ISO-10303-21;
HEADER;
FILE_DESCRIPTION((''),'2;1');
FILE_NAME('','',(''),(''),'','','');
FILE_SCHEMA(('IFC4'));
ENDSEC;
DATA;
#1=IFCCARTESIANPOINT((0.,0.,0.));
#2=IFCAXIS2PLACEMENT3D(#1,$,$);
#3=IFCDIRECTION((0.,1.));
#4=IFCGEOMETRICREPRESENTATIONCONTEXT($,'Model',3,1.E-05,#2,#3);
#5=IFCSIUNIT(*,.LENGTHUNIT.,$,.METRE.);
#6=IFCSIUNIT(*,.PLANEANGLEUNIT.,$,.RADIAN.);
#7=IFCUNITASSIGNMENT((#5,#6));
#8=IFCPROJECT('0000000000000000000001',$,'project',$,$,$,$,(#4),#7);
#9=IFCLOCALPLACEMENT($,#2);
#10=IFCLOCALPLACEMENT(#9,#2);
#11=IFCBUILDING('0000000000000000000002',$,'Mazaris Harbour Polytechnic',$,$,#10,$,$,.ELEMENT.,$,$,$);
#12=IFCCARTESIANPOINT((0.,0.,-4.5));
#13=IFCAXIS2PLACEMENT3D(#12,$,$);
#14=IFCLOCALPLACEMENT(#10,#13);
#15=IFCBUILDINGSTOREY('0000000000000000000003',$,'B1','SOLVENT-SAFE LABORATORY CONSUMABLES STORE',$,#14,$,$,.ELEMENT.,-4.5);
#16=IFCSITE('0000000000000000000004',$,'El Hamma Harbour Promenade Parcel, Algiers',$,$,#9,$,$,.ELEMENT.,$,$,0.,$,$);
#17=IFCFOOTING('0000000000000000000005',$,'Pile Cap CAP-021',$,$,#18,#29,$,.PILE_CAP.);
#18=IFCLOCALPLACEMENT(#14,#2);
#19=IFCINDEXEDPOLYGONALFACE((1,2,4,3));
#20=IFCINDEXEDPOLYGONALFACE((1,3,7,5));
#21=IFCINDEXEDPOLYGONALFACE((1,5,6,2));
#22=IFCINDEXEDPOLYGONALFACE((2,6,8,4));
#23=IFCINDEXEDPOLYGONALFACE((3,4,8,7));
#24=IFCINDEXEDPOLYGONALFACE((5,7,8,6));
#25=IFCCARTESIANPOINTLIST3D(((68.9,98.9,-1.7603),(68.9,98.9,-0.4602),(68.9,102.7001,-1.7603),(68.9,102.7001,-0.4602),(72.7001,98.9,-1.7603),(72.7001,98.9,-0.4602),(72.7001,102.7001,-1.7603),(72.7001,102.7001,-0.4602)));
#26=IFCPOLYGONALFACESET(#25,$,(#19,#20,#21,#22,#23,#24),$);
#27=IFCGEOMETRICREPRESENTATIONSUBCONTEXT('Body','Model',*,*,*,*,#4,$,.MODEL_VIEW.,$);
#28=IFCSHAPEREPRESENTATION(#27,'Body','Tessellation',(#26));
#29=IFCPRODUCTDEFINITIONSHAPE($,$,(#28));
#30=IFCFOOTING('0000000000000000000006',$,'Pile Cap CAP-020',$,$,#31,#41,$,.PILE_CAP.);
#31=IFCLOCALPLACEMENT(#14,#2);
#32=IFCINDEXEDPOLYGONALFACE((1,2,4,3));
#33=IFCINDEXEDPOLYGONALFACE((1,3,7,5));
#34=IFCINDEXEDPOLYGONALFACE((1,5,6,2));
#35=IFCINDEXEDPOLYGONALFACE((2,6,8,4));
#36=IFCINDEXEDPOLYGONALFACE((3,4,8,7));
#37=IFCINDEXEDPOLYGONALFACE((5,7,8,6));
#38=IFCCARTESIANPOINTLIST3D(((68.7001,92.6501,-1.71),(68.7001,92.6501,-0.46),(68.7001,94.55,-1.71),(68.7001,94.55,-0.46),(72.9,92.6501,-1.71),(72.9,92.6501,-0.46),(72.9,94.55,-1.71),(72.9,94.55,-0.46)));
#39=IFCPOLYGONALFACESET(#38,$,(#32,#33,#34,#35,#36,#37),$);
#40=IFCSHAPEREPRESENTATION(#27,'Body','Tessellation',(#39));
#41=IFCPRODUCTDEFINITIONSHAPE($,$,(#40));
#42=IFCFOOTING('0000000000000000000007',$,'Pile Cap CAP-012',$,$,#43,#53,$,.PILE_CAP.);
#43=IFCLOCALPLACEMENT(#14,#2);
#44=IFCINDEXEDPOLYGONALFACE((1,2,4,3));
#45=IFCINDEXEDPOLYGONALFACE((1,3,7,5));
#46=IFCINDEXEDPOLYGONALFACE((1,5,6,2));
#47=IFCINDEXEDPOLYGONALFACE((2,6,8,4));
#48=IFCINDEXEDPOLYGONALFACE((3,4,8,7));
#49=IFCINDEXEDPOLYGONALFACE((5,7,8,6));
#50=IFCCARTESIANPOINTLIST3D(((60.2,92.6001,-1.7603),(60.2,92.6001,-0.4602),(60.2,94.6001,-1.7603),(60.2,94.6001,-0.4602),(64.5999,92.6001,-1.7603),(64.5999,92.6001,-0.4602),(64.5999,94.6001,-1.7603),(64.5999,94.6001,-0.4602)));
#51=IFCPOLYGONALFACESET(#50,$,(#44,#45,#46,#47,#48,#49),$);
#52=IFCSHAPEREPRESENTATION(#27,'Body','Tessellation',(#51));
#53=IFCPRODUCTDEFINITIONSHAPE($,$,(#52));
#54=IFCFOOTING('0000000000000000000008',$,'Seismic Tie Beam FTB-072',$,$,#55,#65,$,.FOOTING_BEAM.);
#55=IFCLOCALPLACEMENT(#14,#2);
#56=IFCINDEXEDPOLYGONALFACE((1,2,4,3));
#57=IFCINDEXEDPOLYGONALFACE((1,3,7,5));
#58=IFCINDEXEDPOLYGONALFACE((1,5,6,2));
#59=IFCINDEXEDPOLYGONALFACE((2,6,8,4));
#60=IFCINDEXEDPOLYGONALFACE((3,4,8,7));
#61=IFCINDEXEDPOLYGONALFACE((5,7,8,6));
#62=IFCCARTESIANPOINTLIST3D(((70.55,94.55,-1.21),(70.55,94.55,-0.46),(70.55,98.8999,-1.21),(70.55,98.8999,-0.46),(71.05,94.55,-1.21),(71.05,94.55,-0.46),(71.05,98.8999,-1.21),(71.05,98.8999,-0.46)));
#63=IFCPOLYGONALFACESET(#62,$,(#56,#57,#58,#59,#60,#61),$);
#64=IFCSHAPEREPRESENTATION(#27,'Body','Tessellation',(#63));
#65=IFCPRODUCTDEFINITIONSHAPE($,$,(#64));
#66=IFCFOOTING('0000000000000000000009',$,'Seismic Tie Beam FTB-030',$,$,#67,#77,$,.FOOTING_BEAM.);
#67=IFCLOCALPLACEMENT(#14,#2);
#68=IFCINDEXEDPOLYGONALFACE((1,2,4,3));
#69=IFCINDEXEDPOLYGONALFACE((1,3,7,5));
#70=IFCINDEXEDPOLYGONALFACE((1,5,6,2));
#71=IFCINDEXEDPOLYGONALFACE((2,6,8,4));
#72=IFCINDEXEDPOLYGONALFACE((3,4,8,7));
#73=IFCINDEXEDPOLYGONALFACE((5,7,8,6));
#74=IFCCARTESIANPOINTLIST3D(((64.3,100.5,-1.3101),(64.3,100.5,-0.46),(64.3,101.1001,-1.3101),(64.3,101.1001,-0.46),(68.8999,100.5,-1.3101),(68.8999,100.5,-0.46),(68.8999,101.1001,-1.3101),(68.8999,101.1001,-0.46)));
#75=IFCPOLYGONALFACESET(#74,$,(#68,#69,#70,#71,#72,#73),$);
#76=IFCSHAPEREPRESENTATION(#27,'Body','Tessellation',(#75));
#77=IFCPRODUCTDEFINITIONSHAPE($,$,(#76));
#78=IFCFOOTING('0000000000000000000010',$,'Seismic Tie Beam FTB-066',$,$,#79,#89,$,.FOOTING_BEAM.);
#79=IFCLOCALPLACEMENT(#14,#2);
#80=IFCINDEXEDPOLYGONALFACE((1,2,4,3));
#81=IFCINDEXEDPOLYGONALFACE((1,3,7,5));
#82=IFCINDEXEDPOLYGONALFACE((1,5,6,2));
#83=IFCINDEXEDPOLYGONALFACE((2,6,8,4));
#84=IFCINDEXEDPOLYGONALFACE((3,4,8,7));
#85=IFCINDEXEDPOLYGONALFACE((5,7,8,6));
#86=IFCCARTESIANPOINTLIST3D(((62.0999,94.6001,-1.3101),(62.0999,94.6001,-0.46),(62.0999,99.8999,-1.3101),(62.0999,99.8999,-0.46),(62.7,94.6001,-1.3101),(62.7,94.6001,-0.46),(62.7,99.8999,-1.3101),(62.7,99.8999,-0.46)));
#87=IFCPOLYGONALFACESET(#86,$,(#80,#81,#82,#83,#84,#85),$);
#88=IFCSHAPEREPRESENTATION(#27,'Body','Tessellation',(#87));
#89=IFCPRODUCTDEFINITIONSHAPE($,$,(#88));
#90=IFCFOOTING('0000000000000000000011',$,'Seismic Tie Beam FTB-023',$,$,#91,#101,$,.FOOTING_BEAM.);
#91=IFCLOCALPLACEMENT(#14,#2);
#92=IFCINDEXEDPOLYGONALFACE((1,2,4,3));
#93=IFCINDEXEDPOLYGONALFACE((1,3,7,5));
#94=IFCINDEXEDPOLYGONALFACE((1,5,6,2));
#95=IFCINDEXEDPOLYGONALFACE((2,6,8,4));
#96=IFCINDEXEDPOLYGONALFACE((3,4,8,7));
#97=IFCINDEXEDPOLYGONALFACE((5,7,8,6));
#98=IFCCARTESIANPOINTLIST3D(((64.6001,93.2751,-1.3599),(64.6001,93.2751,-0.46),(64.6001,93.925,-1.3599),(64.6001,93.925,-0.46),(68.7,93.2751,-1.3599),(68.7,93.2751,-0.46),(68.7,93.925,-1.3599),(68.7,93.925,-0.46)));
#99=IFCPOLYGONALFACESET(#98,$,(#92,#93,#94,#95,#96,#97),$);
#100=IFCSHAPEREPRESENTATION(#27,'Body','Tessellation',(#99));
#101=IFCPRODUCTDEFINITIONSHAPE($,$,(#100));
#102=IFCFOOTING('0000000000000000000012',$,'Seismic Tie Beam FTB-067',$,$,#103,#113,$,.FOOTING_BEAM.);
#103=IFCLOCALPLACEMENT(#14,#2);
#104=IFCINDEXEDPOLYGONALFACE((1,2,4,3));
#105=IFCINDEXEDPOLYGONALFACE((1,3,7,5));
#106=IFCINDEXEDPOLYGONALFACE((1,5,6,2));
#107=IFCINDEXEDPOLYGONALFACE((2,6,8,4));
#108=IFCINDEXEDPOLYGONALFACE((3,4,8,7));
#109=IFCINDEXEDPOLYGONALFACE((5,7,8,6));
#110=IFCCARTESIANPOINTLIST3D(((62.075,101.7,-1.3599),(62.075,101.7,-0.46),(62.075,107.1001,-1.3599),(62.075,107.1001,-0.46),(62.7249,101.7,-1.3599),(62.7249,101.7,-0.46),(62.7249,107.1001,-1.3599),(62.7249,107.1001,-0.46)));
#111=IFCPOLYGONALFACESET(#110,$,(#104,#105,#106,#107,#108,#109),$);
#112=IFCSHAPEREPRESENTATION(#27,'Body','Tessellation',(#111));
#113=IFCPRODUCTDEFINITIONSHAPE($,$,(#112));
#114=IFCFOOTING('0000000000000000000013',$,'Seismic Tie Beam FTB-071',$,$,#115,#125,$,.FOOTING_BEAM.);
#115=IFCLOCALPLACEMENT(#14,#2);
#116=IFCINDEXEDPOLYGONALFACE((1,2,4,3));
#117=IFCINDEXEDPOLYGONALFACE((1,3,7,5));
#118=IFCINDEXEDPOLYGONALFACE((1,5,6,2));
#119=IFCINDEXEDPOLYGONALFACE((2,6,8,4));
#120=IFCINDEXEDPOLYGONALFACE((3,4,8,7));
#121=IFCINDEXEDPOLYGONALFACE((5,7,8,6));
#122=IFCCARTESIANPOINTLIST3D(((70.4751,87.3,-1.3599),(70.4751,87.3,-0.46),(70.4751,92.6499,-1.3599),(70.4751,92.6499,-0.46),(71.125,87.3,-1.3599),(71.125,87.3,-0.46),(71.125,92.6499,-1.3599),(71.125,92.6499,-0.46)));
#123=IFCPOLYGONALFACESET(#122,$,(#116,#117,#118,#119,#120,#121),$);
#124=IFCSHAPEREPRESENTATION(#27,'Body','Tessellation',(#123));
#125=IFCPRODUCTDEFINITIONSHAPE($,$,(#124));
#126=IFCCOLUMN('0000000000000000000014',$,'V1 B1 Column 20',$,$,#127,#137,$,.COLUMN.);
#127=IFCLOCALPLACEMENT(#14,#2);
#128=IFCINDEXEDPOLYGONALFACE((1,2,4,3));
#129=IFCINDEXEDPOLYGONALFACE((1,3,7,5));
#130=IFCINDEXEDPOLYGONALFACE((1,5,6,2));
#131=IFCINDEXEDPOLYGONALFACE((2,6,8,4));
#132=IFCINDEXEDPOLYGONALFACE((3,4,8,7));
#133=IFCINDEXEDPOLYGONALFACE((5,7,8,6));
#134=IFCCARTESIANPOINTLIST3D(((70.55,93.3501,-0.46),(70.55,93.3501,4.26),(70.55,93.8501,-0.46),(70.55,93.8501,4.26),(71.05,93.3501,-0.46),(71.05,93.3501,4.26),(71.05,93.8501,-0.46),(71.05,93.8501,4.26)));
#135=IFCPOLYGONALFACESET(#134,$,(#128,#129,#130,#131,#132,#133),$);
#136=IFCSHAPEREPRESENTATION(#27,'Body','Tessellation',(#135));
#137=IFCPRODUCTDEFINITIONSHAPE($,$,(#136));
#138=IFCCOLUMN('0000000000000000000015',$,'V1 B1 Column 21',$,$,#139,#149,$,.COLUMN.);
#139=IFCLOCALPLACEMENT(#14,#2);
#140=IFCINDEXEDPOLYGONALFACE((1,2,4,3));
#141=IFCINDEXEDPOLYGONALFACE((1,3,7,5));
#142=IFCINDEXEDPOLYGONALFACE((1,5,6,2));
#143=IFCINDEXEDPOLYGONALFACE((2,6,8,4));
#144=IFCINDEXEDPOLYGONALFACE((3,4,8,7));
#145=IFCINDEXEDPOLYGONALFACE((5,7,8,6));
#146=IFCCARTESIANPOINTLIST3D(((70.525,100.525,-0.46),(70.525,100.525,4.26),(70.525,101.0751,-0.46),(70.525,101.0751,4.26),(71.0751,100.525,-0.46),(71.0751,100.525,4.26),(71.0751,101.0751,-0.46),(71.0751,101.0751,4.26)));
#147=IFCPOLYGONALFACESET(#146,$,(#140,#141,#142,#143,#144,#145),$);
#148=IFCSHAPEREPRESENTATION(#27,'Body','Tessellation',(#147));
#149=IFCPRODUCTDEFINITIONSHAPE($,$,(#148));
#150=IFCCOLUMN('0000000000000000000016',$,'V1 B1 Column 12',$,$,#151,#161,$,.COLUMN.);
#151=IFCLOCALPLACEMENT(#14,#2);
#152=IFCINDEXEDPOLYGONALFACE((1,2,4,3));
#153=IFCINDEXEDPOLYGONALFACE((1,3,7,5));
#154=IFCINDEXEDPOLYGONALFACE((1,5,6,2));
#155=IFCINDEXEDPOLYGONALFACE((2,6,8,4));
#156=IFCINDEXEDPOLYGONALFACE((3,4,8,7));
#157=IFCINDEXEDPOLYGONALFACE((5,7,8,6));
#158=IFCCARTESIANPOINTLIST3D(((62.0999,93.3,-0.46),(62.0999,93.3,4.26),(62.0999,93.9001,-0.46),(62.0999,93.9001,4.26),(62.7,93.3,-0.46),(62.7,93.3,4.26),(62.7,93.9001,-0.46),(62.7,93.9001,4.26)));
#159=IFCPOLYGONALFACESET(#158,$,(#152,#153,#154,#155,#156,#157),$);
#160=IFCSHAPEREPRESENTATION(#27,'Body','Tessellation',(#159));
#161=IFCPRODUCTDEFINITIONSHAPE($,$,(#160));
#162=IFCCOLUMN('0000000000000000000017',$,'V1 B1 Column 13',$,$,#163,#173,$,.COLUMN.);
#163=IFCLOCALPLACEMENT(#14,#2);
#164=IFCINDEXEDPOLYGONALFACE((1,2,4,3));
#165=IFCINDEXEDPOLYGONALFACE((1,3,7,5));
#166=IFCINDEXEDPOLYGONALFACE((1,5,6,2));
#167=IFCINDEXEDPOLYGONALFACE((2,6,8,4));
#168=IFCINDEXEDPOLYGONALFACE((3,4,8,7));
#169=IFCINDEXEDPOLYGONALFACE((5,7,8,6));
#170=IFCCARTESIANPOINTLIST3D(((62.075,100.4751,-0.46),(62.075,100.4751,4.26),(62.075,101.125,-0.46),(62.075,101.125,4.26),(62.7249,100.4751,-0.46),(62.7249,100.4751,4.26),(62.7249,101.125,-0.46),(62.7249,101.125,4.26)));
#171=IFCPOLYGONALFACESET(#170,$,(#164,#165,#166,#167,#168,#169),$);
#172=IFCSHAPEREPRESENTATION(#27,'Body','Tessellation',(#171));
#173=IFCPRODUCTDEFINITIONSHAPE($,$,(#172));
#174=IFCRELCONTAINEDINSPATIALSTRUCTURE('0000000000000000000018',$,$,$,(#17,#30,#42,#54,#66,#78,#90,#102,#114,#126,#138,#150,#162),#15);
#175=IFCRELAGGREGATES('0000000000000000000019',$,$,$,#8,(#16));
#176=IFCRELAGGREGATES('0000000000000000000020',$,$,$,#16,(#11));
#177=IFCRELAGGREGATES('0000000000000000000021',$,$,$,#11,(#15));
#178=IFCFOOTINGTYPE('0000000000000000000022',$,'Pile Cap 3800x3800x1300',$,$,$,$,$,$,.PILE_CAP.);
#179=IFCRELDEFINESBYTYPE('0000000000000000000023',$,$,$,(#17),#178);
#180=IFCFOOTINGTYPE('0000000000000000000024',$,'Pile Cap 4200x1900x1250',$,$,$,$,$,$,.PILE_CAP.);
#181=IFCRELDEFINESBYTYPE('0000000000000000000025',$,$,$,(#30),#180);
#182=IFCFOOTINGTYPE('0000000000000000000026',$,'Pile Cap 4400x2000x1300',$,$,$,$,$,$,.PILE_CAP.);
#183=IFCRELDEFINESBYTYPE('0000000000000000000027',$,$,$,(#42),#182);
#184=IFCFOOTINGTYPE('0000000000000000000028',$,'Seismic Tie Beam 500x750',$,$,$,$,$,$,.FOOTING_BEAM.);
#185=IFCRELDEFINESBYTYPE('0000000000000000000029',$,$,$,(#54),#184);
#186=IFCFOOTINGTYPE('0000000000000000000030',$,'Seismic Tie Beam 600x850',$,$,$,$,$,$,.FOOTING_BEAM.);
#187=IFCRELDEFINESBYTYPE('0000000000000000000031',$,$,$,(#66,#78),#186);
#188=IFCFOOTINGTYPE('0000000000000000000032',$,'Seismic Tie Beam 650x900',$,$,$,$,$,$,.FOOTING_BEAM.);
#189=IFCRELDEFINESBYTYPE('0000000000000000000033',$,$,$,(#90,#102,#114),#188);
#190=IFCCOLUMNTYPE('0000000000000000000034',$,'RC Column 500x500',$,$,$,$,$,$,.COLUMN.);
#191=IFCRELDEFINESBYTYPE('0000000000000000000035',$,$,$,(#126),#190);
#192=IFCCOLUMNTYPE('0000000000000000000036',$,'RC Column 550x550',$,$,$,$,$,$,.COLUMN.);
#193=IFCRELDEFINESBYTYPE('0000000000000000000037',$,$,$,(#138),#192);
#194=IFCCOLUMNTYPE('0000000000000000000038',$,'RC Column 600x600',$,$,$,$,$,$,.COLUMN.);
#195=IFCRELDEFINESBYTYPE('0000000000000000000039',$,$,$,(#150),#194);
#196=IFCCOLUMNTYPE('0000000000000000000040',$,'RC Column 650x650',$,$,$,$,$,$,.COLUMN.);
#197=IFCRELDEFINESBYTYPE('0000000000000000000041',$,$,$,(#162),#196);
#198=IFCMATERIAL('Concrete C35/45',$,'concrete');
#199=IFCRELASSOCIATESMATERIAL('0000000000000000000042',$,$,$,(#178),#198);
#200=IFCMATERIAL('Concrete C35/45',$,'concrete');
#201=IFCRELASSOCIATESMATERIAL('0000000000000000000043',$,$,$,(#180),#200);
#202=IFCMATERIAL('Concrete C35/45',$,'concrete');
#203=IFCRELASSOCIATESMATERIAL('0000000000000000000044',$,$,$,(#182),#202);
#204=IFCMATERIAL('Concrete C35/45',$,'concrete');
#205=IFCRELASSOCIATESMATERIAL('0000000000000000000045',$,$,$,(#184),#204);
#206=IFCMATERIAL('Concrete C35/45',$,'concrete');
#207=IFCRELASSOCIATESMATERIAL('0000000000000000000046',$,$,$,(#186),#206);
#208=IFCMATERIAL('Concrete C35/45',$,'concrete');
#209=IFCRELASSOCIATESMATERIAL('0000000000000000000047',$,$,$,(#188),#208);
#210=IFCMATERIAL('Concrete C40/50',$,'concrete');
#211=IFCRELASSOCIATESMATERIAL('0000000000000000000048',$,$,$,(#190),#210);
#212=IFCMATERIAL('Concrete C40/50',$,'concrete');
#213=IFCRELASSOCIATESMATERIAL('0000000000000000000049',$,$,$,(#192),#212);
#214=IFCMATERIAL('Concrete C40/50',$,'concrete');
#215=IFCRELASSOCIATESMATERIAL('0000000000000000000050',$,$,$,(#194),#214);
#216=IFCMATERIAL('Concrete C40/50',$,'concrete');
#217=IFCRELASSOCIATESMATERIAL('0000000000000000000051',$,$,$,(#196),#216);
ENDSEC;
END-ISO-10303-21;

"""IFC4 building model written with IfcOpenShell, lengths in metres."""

from ifc_helpers import new_model, si_unit, direction, frame, origin, origin_2d, place, context, subcontext, project, spatial, rectangle, extrude, material, material_profile, profile_set, type_object, element, save


model = new_model("IFC4")

# Units and contexts
model_context = context("Model", 3, precision=1e-05, world=origin(), true_north=direction((0.0, 1.0)))
body_context = subcontext(model_context, "Body", "Model", "MODEL_VIEW")
ifc_project = project(units=[si_unit("LENGTHUNIT", "METRE"), si_unit("PLANEANGLEUNIT", "RADIAN")], contexts=[model_context])

# Site, building, storey
site_placement = place(None, origin())
site = spatial("IfcSite", under=ifc_project, at=site_placement, Name="El Hamma Harbour Promenade Parcel, Algiers", CompositionType="ELEMENT", RefElevation=0.0)
building_placement = place(site_placement, origin())
building = spatial("IfcBuilding", under=site, at=building_placement, Name="Mazaris Harbour Polytechnic", CompositionType="ELEMENT")
storey_placement = place(building_placement, frame((0.0, 0.0, -4.5)))
storey = spatial("IfcBuildingStorey", under=building, at=storey_placement, Name="B1", Description="SOLVENT-SAFE LABORATORY CONSUMABLES STORE", CompositionType="ELEMENT", Elevation=-4.5)

# Footings
ifc_material_1 = material(Name="Concrete C35/45", Category="concrete")
footing_type_1 = type_object("IfcFootingType", Name="Pile Cap 3800x3800x1300", PredefinedType="PILE_CAP", material=ifc_material_1)
footing_1_placement = place(storey_placement, frame((70.8, 100.8, -1.7603), z_axis=(0.0, 0.0, 1.0), x_axis=(1.0, 0.0, 0.0)))
element("IfcFooting", 1, at=footing_1_placement, inside=storey, type_object=footing_type_1, Name="Pile Cap CAP-021", PredefinedType="PILE_CAP", context=body_context, shape_type="SweptSolid", body=[
    extrude(rectangle(XDim=3.8, YDim=3.8, at=origin_2d()), origin(), (0.0, 0.0, 1.0), 1.3),
])
ifc_material_2 = material(Name="Concrete C35/45", Category="concrete")
footing_type_2 = type_object("IfcFootingType", Name="Pile Cap 4200x1900x1250", PredefinedType="PILE_CAP", material=ifc_material_2)
footing_2_placement = place(storey_placement, frame((70.8, 93.6001, -1.71), z_axis=(0.0, 0.0, 1.0), x_axis=(1.0, 0.0, 0.0)))
element("IfcFooting", 2, at=footing_2_placement, inside=storey, type_object=footing_type_2, Name="Pile Cap CAP-020", PredefinedType="PILE_CAP", context=body_context, shape_type="SweptSolid", body=[
    extrude(rectangle(XDim=4.2, YDim=1.8999, at=origin_2d()), origin(), (0.0, 0.0, 1.0), 1.25),
])
ifc_material_3 = material(Name="Concrete C35/45", Category="concrete")
footing_type_3 = type_object("IfcFootingType", Name="Pile Cap 4400x2000x1300", PredefinedType="PILE_CAP", material=ifc_material_3)
footing_3_placement = place(storey_placement, frame((62.3999, 93.6001, -1.7603), z_axis=(0.0, 0.0, 1.0), x_axis=(1.0, 0.0, 0.0)))
element("IfcFooting", 3, at=footing_3_placement, inside=storey, type_object=footing_type_3, Name="Pile Cap CAP-012", PredefinedType="PILE_CAP", context=body_context, shape_type="SweptSolid", body=[
    extrude(rectangle(XDim=4.3999, YDim=2.0, at=origin_2d()), origin(), (0.0, 0.0, 1.0), 1.3),
])
ifc_material_4 = material(Name="Concrete C35/45", Category="concrete")
ifc_material_profile_1 = material_profile(ifc_material_4, rectangle(XDim=0.5, YDim=0.75, at=origin_2d()), Name="RECT500x750")
ifc_profile_set_1 = profile_set([ifc_material_profile_1], Name="Concrete C35/45")
footing_type_4 = type_object("IfcFootingType", Name="Seismic Tie Beam 500x750", PredefinedType="FOOTING_BEAM", material=ifc_profile_set_1)
footing_4_placement = place(storey_placement, frame((70.8, 94.55, -0.835), z_axis=(0.0, 1.0, 0.0), x_axis=(-1.0, 0.0, 0.0)))
element("IfcFooting", 4, at=footing_4_placement, inside=storey, type_object=footing_type_4, Name="Seismic Tie Beam FTB-072", PredefinedType="FOOTING_BEAM", context=body_context, shape_type="SweptSolid", body=[
    extrude(rectangle(XDim=0.5, YDim=0.75, at=origin_2d()), origin(), (0.0, 0.0, 1.0), 4.3499),
])
ifc_material_5 = material(Name="Concrete C35/45", Category="concrete")
ifc_material_profile_2 = material_profile(ifc_material_5, rectangle(XDim=0.6001, YDim=0.8501, at=origin_2d()), Name="RECT600x850")
ifc_profile_set_2 = profile_set([ifc_material_profile_2], Name="Concrete C35/45")
footing_type_5 = type_object("IfcFootingType", Name="Seismic Tie Beam 600x850", PredefinedType="FOOTING_BEAM", material=ifc_profile_set_2)
footing_5_placement = place(storey_placement, frame((64.3, 100.8, -0.885), z_axis=(1.0, 0.0, 0.0), x_axis=(0.0, 1.0, 0.0)))
element("IfcFooting", 5, at=footing_5_placement, inside=storey, type_object=footing_type_5, Name="Seismic Tie Beam FTB-030", PredefinedType="FOOTING_BEAM", context=body_context, shape_type="SweptSolid", body=[
    extrude(rectangle(XDim=0.6001, YDim=0.8501, at=origin_2d()), origin(), (0.0, 0.0, 1.0), 4.5999),
])
footing_6_placement = place(storey_placement, frame((62.3999, 94.6001, -0.885), z_axis=(0.0, 1.0, 0.0), x_axis=(-1.0, 0.0, 0.0)))
element("IfcFooting", 6, at=footing_6_placement, inside=storey, type_object=footing_type_5, Name="Seismic Tie Beam FTB-066", PredefinedType="FOOTING_BEAM", context=body_context, shape_type="SweptSolid", body=[
    extrude(rectangle(XDim=0.6001, YDim=0.8501, at=origin_2d()), origin(), (0.0, 0.0, 1.0), 5.2998),
])
ifc_material_6 = material(Name="Concrete C35/45", Category="concrete")
ifc_material_profile_3 = material_profile(ifc_material_6, rectangle(XDim=0.6499, YDim=0.8999, at=origin_2d()), Name="RECT650x900")
ifc_profile_set_3 = profile_set([ifc_material_profile_3], Name="Concrete C35/45")
footing_type_6 = type_object("IfcFootingType", Name="Seismic Tie Beam 650x900", PredefinedType="FOOTING_BEAM", material=ifc_profile_set_3)
footing_7_placement = place(storey_placement, frame((64.6001, 93.6001, -0.9099), z_axis=(1.0, 0.0, 0.0), x_axis=(0.0, 1.0, 0.0)))
element("IfcFooting", 7, at=footing_7_placement, inside=storey, type_object=footing_type_6, Name="Seismic Tie Beam FTB-023", PredefinedType="FOOTING_BEAM", context=body_context, shape_type="SweptSolid", body=[
    extrude(rectangle(XDim=0.6499, YDim=0.8999, at=origin_2d()), origin(), (0.0, 0.0, 1.0), 4.0999),
])
footing_8_placement = place(storey_placement, frame((62.3999, 101.7, -0.9099), z_axis=(0.0, 1.0, 0.0), x_axis=(-1.0, 0.0, 0.0)))
element("IfcFooting", 8, at=footing_8_placement, inside=storey, type_object=footing_type_6, Name="Seismic Tie Beam FTB-067", PredefinedType="FOOTING_BEAM", context=body_context, shape_type="SweptSolid", body=[
    extrude(rectangle(XDim=0.6499, YDim=0.8999, at=origin_2d()), origin(), (0.0, 0.0, 1.0), 5.4001),
])
footing_9_placement = place(storey_placement, frame((70.8, 87.3, -0.9099), z_axis=(0.0, 1.0, 0.0), x_axis=(-1.0, 0.0, 0.0)))
element("IfcFooting", 9, at=footing_9_placement, inside=storey, type_object=footing_type_6, Name="Seismic Tie Beam FTB-071", PredefinedType="FOOTING_BEAM", context=body_context, shape_type="SweptSolid", body=[
    extrude(rectangle(XDim=0.6499, YDim=0.8999, at=origin_2d()), origin(), (0.0, 0.0, 1.0), 5.3499),
])

# Columns
ifc_material_7 = material(Name="Concrete C40/50", Category="concrete")
ifc_material_profile_4 = material_profile(ifc_material_7, rectangle(XDim=0.5, YDim=0.5, at=origin_2d()), Name="RECT500x500")
ifc_profile_set_4 = profile_set([ifc_material_profile_4], Name="Concrete C40/50")
column_type_1 = type_object("IfcColumnType", Name="RC Column 500x500", PredefinedType="COLUMN", material=ifc_profile_set_4)
column_1_placement = place(storey_placement, frame((70.8, 93.6001, -0.46), z_axis=(0.0, 0.0, 1.0), x_axis=(1.0, 0.0, 0.0)))
element("IfcColumn", 10, at=column_1_placement, inside=storey, type_object=column_type_1, Name="V1 B1 Column 20", PredefinedType="COLUMN", context=body_context, shape_type="SweptSolid", body=[
    extrude(rectangle(XDim=0.5, YDim=0.5, at=origin_2d()), origin(), (0.0, 0.0, 1.0), 4.72),
])
ifc_material_8 = material(Name="Concrete C40/50", Category="concrete")
ifc_material_profile_5 = material_profile(ifc_material_8, rectangle(XDim=0.55, YDim=0.55, at=origin_2d()), Name="RECT550x550")
ifc_profile_set_5 = profile_set([ifc_material_profile_5], Name="Concrete C40/50")
column_type_2 = type_object("IfcColumnType", Name="RC Column 550x550", PredefinedType="COLUMN", material=ifc_profile_set_5)
column_2_placement = place(storey_placement, frame((70.8, 100.8, -0.46), z_axis=(0.0, 0.0, 1.0), x_axis=(1.0, 0.0, 0.0)))
element("IfcColumn", 11, at=column_2_placement, inside=storey, type_object=column_type_2, Name="V1 B1 Column 21", PredefinedType="COLUMN", context=body_context, shape_type="SweptSolid", body=[
    extrude(rectangle(XDim=0.55, YDim=0.55, at=origin_2d()), origin(), (0.0, 0.0, 1.0), 4.72),
])
ifc_material_9 = material(Name="Concrete C40/50", Category="concrete")
ifc_material_profile_6 = material_profile(ifc_material_9, rectangle(XDim=0.6001, YDim=0.6001, at=origin_2d()), Name="RECT600x600")
ifc_profile_set_6 = profile_set([ifc_material_profile_6], Name="Concrete C40/50")
column_type_3 = type_object("IfcColumnType", Name="RC Column 600x600", PredefinedType="COLUMN", material=ifc_profile_set_6)
column_3_placement = place(storey_placement, frame((62.3999, 93.6001, -0.46), z_axis=(0.0, 0.0, 1.0), x_axis=(1.0, 0.0, 0.0)))
element("IfcColumn", 12, at=column_3_placement, inside=storey, type_object=column_type_3, Name="V1 B1 Column 12", PredefinedType="COLUMN", context=body_context, shape_type="SweptSolid", body=[
    extrude(rectangle(XDim=0.6001, YDim=0.6001, at=origin_2d()), origin(), (0.0, 0.0, 1.0), 4.72),
])
ifc_material_10 = material(Name="Concrete C40/50", Category="concrete")
ifc_material_profile_7 = material_profile(ifc_material_10, rectangle(XDim=0.6499, YDim=0.6499, at=origin_2d()), Name="RECT650x650")
ifc_profile_set_7 = profile_set([ifc_material_profile_7], Name="Concrete C40/50")
column_type_4 = type_object("IfcColumnType", Name="RC Column 650x650", PredefinedType="COLUMN", material=ifc_profile_set_7)
column_4_placement = place(storey_placement, frame((62.3999, 100.8, -0.46), z_axis=(0.0, 0.0, 1.0), x_axis=(1.0, 0.0, 0.0)))
element("IfcColumn", 13, at=column_4_placement, inside=storey, type_object=column_type_4, Name="V1 B1 Column 13", PredefinedType="COLUMN", context=body_context, shape_type="SweptSolid", body=[
    extrude(rectangle(XDim=0.6499, YDim=0.6499, at=origin_2d()), origin(), (0.0, 0.0, 1.0), 4.72),
])

save(model, "model.ifc")
